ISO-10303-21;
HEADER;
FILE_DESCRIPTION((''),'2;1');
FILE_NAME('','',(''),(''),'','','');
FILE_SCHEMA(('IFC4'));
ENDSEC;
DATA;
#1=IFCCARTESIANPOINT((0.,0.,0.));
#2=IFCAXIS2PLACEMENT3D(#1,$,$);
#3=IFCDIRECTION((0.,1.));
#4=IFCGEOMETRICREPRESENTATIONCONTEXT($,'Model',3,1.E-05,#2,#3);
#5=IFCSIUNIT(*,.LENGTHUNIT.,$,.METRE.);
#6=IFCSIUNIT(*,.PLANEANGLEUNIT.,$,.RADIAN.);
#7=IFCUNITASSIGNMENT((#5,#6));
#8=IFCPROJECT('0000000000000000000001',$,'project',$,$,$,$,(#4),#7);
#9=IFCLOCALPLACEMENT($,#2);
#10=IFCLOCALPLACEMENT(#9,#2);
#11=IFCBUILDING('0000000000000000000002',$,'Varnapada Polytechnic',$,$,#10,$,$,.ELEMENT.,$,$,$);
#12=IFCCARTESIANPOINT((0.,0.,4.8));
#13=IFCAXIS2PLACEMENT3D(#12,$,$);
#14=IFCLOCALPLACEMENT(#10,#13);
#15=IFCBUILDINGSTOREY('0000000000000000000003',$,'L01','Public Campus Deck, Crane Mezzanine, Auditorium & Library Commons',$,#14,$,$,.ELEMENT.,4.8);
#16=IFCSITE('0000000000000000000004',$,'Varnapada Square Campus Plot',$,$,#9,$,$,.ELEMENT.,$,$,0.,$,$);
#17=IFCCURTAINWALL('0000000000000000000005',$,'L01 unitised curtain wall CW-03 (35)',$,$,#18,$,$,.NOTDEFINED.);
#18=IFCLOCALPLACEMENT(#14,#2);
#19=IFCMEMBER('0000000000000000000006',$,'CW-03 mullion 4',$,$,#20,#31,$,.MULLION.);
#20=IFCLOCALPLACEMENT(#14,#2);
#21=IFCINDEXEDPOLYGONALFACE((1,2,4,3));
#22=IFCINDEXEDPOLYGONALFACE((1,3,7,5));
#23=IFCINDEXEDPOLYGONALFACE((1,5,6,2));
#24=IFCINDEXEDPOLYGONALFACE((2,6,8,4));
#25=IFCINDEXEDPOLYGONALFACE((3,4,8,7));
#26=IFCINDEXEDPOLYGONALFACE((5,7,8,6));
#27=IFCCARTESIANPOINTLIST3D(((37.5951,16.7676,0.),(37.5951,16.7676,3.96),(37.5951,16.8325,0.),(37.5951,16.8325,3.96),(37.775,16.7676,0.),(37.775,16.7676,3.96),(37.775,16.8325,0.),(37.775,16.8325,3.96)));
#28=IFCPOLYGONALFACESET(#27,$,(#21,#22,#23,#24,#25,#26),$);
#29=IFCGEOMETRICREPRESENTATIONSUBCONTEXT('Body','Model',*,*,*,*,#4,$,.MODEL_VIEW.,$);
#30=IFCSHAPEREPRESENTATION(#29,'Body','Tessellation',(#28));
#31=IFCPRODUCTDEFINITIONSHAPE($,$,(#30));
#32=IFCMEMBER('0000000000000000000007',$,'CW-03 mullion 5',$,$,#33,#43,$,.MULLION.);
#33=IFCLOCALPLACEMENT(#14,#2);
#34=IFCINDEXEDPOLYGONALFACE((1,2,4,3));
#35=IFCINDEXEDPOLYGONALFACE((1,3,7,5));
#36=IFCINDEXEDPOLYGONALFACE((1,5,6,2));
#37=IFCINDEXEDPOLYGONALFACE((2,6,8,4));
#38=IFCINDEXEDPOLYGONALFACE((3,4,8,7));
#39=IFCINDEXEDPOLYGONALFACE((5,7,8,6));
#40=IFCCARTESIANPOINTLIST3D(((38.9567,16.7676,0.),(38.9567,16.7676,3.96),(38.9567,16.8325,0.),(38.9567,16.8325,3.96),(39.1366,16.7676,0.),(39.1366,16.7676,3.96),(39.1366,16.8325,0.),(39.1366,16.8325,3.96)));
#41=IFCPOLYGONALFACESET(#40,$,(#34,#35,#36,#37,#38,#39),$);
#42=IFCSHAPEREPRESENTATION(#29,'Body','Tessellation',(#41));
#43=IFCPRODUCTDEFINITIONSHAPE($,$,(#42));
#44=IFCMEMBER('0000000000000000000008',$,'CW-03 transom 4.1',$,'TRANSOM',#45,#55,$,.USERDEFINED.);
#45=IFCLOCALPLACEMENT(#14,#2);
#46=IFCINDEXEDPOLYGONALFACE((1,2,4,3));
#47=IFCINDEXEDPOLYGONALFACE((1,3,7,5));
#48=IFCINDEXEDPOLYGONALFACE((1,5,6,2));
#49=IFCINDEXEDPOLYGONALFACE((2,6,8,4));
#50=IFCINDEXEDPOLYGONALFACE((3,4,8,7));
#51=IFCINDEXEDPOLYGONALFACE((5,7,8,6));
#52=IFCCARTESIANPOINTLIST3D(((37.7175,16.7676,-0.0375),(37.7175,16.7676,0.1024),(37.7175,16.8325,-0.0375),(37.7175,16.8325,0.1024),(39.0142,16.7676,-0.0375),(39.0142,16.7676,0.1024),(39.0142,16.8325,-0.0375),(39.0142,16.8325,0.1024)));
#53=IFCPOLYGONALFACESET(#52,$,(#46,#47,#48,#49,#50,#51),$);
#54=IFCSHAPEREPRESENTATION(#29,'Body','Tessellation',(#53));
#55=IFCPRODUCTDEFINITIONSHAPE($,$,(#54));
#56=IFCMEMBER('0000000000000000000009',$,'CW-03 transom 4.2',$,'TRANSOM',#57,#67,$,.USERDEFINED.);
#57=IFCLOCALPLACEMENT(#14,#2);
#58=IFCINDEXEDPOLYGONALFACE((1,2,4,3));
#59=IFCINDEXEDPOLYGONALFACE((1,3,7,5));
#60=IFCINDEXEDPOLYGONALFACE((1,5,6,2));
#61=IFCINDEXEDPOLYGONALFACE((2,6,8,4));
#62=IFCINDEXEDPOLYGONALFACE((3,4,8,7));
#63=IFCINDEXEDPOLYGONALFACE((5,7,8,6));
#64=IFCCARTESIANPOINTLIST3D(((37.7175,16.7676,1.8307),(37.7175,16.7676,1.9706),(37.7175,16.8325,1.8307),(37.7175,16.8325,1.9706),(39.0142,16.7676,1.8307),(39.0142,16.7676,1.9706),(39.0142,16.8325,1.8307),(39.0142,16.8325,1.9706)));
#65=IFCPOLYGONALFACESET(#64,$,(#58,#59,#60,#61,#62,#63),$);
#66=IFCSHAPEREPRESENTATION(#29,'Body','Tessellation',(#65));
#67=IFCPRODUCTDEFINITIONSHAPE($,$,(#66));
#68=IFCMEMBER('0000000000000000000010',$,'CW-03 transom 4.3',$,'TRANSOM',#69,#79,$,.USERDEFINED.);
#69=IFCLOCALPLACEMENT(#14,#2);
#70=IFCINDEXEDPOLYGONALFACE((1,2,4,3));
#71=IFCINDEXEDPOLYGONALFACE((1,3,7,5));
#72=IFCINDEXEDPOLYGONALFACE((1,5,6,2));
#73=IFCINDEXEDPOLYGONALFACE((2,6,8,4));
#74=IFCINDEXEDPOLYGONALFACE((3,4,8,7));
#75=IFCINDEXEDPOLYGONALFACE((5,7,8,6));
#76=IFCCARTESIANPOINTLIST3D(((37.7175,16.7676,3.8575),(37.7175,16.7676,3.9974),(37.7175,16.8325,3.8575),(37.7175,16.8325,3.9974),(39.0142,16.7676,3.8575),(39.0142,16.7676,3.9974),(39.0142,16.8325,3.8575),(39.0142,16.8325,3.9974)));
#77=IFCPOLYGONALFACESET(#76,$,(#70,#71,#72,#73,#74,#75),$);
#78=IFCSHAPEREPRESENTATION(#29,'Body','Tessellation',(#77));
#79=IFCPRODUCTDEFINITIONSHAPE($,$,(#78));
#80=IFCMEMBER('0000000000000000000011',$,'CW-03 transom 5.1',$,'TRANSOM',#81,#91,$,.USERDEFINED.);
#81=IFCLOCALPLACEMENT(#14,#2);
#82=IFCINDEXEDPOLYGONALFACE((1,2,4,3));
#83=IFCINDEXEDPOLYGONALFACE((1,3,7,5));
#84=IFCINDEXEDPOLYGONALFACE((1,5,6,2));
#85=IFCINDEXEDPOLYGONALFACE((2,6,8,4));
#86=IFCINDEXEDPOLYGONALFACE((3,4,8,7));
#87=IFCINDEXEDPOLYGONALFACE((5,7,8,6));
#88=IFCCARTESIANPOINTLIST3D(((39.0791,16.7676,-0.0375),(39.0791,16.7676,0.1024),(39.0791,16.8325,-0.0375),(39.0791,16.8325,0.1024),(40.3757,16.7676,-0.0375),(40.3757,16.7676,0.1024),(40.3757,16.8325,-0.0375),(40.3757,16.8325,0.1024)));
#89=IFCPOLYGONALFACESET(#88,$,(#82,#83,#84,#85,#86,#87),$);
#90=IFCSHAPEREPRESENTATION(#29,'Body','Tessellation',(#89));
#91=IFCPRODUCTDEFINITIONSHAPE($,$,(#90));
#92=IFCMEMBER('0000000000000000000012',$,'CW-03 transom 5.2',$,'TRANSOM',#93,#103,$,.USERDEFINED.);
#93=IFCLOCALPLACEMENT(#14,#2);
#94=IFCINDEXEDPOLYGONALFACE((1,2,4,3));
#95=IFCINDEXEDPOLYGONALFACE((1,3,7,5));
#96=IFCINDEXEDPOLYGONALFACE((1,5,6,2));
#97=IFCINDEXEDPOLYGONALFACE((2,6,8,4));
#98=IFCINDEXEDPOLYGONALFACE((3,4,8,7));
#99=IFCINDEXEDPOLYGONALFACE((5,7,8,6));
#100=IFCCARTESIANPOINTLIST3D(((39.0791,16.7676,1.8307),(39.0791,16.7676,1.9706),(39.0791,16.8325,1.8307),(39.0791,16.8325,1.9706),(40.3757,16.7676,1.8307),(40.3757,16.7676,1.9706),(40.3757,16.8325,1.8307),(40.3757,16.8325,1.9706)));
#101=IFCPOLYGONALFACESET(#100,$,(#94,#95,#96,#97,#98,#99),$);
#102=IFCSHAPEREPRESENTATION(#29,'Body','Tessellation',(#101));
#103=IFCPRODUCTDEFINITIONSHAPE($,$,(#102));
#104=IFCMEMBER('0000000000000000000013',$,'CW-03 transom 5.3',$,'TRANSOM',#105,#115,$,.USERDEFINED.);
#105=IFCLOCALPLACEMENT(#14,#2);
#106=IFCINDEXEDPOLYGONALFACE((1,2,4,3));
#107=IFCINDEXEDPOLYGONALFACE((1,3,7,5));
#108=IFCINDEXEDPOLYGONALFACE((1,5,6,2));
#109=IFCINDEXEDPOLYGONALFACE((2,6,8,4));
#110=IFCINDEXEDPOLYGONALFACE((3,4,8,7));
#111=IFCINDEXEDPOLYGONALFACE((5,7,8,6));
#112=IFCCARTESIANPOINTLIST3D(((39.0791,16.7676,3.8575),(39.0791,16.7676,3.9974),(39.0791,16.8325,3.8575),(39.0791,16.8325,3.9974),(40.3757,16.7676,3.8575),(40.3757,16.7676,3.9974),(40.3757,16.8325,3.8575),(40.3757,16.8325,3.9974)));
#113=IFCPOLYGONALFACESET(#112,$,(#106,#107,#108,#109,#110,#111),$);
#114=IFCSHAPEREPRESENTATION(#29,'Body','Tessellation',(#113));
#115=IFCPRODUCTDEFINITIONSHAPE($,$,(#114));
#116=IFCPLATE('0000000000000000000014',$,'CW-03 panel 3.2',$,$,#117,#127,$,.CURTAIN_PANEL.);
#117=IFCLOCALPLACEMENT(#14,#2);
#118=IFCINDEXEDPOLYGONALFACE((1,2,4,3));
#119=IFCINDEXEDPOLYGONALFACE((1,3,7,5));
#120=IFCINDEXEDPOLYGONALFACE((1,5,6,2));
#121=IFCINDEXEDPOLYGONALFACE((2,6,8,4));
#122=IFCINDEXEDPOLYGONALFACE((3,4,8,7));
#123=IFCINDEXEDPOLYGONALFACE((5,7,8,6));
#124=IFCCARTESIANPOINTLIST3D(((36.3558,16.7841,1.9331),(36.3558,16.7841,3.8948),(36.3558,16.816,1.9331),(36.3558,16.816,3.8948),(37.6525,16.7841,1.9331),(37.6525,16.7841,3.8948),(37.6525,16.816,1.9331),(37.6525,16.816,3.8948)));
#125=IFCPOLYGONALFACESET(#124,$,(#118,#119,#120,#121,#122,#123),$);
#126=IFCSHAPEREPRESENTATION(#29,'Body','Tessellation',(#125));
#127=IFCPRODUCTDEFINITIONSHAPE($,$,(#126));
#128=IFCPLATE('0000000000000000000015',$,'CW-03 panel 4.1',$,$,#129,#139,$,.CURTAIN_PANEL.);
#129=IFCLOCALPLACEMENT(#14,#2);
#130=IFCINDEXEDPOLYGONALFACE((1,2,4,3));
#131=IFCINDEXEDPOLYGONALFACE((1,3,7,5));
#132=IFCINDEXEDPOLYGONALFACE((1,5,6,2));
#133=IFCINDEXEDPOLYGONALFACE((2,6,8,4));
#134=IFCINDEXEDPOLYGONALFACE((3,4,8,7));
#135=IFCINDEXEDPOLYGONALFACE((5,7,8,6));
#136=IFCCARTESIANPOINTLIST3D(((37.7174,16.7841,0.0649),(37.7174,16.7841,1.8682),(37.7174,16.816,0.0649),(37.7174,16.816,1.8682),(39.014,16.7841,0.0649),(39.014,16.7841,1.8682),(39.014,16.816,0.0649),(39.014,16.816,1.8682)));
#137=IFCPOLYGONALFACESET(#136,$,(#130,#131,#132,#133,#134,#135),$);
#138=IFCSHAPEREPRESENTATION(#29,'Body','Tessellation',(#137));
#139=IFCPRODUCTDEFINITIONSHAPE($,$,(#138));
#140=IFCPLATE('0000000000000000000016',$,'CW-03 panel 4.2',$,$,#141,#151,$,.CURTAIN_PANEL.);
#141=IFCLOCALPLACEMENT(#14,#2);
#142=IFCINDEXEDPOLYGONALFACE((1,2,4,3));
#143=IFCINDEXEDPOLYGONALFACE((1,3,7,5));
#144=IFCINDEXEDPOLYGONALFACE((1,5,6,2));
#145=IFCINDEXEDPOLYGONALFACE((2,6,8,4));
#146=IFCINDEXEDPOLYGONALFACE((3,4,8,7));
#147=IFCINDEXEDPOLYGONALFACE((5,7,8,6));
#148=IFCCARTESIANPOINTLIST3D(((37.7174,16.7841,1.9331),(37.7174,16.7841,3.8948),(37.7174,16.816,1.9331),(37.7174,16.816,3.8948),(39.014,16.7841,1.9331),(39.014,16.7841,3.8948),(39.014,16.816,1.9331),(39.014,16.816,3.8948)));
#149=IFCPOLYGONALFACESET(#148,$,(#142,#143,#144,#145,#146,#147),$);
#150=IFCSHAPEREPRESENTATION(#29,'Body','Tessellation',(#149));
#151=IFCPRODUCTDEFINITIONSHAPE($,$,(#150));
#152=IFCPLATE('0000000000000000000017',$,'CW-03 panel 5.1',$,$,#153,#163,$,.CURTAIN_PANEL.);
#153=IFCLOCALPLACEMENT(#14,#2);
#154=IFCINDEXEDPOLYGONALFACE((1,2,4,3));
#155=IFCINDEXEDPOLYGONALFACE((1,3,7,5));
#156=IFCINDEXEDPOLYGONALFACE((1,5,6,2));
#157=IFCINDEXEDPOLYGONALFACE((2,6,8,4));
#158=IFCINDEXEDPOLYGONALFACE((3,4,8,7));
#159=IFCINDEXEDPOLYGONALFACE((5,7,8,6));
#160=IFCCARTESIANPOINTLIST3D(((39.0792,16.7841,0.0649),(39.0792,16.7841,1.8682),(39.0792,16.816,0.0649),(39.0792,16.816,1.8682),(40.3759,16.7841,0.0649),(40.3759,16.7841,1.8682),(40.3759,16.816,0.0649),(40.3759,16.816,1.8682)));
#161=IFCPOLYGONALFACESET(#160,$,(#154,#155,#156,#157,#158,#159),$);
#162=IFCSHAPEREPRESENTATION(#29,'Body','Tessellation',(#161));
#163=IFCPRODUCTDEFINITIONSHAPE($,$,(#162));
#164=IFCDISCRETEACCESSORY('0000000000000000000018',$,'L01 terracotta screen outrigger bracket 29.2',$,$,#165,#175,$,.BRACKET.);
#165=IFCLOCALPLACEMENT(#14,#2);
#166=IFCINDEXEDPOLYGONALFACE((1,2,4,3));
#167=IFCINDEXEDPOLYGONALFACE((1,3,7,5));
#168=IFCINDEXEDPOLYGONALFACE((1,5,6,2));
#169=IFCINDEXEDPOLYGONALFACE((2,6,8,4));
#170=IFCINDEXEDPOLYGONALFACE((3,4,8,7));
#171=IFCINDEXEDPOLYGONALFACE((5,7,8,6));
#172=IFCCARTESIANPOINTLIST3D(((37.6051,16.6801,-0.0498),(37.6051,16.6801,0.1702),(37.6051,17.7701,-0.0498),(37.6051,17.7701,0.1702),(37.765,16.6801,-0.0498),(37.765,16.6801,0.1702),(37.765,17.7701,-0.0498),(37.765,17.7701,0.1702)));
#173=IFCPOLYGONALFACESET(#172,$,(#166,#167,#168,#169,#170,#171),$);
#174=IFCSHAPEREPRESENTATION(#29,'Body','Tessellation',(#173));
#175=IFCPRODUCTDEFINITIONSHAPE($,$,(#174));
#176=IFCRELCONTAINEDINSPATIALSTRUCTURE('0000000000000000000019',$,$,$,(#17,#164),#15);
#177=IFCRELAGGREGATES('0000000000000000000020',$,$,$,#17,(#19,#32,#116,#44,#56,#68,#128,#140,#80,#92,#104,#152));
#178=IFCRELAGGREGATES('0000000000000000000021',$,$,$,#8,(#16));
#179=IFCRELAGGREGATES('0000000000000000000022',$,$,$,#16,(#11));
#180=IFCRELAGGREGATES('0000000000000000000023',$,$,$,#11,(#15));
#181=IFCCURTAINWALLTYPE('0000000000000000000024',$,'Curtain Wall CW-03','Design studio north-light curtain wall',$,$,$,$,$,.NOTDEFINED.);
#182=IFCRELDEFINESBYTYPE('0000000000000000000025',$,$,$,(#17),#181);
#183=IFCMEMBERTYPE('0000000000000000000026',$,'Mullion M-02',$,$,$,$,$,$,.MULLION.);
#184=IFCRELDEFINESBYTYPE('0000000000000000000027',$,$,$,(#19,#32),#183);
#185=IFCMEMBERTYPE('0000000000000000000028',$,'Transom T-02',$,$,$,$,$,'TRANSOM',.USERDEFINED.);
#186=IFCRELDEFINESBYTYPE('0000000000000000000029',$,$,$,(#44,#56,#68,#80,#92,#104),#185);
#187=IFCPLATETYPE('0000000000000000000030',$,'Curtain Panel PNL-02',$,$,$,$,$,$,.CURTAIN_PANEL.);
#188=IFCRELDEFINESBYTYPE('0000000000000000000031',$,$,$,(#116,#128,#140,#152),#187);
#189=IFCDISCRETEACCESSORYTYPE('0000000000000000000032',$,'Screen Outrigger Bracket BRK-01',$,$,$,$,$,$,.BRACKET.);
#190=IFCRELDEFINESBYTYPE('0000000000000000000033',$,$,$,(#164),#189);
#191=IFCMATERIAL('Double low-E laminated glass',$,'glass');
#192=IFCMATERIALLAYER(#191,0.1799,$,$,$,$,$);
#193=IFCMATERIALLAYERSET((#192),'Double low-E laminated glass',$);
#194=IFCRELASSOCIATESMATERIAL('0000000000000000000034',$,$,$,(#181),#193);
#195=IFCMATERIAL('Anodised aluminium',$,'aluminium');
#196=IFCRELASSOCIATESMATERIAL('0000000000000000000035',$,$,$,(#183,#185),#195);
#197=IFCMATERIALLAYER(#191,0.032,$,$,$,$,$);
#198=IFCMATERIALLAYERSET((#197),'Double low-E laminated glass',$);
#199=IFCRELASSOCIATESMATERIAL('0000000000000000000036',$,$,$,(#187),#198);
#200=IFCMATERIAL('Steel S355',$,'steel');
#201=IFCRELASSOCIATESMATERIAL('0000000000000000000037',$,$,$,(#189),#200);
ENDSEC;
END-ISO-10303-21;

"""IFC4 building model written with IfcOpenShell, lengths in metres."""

from ifc_helpers import new_model, si_unit, direction, frame, origin, origin_2d, place, context, subcontext, project, spatial, rectangle, extrude, material, layer, layer_set, material_profile, profile_set, type_object, element, aggregate, save


model = new_model("IFC4")

# Units and contexts
model_context = context("Model", 3, precision=1e-05, world=origin(), true_north=direction((0.0, 1.0)))
body_context = subcontext(model_context, "Body", "Model", "MODEL_VIEW")
ifc_project = project(units=[si_unit("LENGTHUNIT", "METRE"), si_unit("PLANEANGLEUNIT", "RADIAN")], contexts=[model_context])

# Site, building, storey
site_placement = place(None, origin())
site = spatial("IfcSite", under=ifc_project, at=site_placement, Name="Varnapada Square Campus Plot", CompositionType="ELEMENT", RefElevation=0.0)
building_placement = place(site_placement, origin())
building = spatial("IfcBuilding", under=site, at=building_placement, Name="Varnapada Polytechnic", CompositionType="ELEMENT")
storey_placement = place(building_placement, frame((0.0, 0.0, 4.8)))
storey = spatial("IfcBuildingStorey", under=building, at=storey_placement, Name="L01", Description="Public Campus Deck, Crane Mezzanine, Auditorium & Library Commons", CompositionType="ELEMENT", Elevation=4.8)

# Curtain wall, members, plates
ifc_material_1 = material(Name="Double low-E laminated glass", Category="glass")
ifc_layer_1 = layer(ifc_material_1, 0.1799)
ifc_layer_set_1 = layer_set([ifc_layer_1], Name="Double low-E laminated glass")
curtain_wall_type = type_object("IfcCurtainWallType", Name="Curtain Wall CW-03", Description="Design studio north-light curtain wall", PredefinedType="NOTDEFINED", material=ifc_layer_set_1)
curtain_wall_placement = place(storey_placement, origin())
curtain_wall = element("IfcCurtainWall", 1, at=curtain_wall_placement, inside=storey, type_object=curtain_wall_type, Name="L01 unitised curtain wall CW-03 (35)", PredefinedType="NOTDEFINED")
ifc_material_2 = material(Name="Anodised aluminium", Category="aluminium")
ifc_material_profile_1 = material_profile(ifc_material_2, rectangle(XDim=0.0649, YDim=0.1799, at=origin_2d()), Name="ALU M65x180")
ifc_profile_set_1 = profile_set([ifc_material_profile_1], Name="Anodised aluminium")
member_type_1 = type_object("IfcMemberType", Name="Mullion M-02", PredefinedType="MULLION", material=ifc_profile_set_1)
member_1_placement = place(storey_placement, frame((37.6851, 16.8, 0.0), z_axis=(0.0, 0.0, 1.0), x_axis=(0.0, 1.0, 0.0)))
member_1 = element("IfcMember", 2, at=member_1_placement, type_object=member_type_1, Name="CW-03 mullion 4", PredefinedType="MULLION", context=body_context, shape_type="SweptSolid", body=[
    extrude(rectangle(XDim=0.0649, YDim=0.1799, at=origin_2d()), origin(), (0.0, 0.0, 1.0), 3.96),
])
member_2_placement = place(storey_placement, frame((39.0466, 16.8, 0.0), z_axis=(0.0, 0.0, 1.0), x_axis=(0.0, 1.0, 0.0)))
member_2 = element("IfcMember", 3, at=member_2_placement, type_object=member_type_1, Name="CW-03 mullion 5", PredefinedType="MULLION", context=body_context, shape_type="SweptSolid", body=[
    extrude(rectangle(XDim=0.0649, YDim=0.1799, at=origin_2d()), origin(), (0.0, 0.0, 1.0), 3.96),
])
ifc_material_profile_2 = material_profile(ifc_material_2, rectangle(XDim=0.0649, YDim=0.1399, at=origin_2d()), Name="ALU T65x140")
ifc_profile_set_2 = profile_set([ifc_material_profile_2], Name="Anodised aluminium")
member_type_2 = type_object("IfcMemberType", Name="Transom T-02", ElementType="TRANSOM", PredefinedType="USERDEFINED", material=ifc_profile_set_2)
member_3_placement = place(storey_placement, frame((37.7175, 16.8, 0.0325), z_axis=(1.0, 0.0, 0.0), x_axis=(0.0, 1.0, 0.0)))
member_3 = element("IfcMember", 4, at=member_3_placement, type_object=member_type_2, Name="CW-03 transom 4.1", ObjectType="TRANSOM", PredefinedType="USERDEFINED", context=body_context, shape_type="SweptSolid", body=[
    extrude(rectangle(XDim=0.0649, YDim=0.1399, at=origin_2d()), origin(), (0.0, 0.0, 1.0), 1.2966),
])
member_4_placement = place(storey_placement, frame((37.7175, 16.8, 1.9006), z_axis=(1.0, 0.0, 0.0), x_axis=(0.0, 1.0, 0.0)))
member_4 = element("IfcMember", 5, at=member_4_placement, type_object=member_type_2, Name="CW-03 transom 4.2", ObjectType="TRANSOM", PredefinedType="USERDEFINED", context=body_context, shape_type="SweptSolid", body=[
    extrude(rectangle(XDim=0.0649, YDim=0.1399, at=origin_2d()), origin(), (0.0, 0.0, 1.0), 1.2966),
])
member_5_placement = place(storey_placement, frame((37.7175, 16.8, 3.9275), z_axis=(1.0, 0.0, 0.0), x_axis=(0.0, 1.0, 0.0)))
member_5 = element("IfcMember", 6, at=member_5_placement, type_object=member_type_2, Name="CW-03 transom 4.3", ObjectType="TRANSOM", PredefinedType="USERDEFINED", context=body_context, shape_type="SweptSolid", body=[
    extrude(rectangle(XDim=0.0649, YDim=0.1399, at=origin_2d()), origin(), (0.0, 0.0, 1.0), 1.2966),
])
member_6_placement = place(storey_placement, frame((39.0791, 16.8, 0.0325), z_axis=(1.0, 0.0, 0.0), x_axis=(0.0, 1.0, 0.0)))
member_6 = element("IfcMember", 7, at=member_6_placement, type_object=member_type_2, Name="CW-03 transom 5.1", ObjectType="TRANSOM", PredefinedType="USERDEFINED", context=body_context, shape_type="SweptSolid", body=[
    extrude(rectangle(XDim=0.0649, YDim=0.1399, at=origin_2d()), origin(), (0.0, 0.0, 1.0), 1.2966),
])
member_7_placement = place(storey_placement, frame((39.0791, 16.8, 1.9006), z_axis=(1.0, 0.0, 0.0), x_axis=(0.0, 1.0, 0.0)))
member_7 = element("IfcMember", 8, at=member_7_placement, type_object=member_type_2, Name="CW-03 transom 5.2", ObjectType="TRANSOM", PredefinedType="USERDEFINED", context=body_context, shape_type="SweptSolid", body=[
    extrude(rectangle(XDim=0.0649, YDim=0.1399, at=origin_2d()), origin(), (0.0, 0.0, 1.0), 1.2966),
])
member_8_placement = place(storey_placement, frame((39.0791, 16.8, 3.9275), z_axis=(1.0, 0.0, 0.0), x_axis=(0.0, 1.0, 0.0)))
member_8 = element("IfcMember", 9, at=member_8_placement, type_object=member_type_2, Name="CW-03 transom 5.3", ObjectType="TRANSOM", PredefinedType="USERDEFINED", context=body_context, shape_type="SweptSolid", body=[
    extrude(rectangle(XDim=0.0649, YDim=0.1399, at=origin_2d()), origin(), (0.0, 0.0, 1.0), 1.2966),
])
ifc_layer_2 = layer(ifc_material_1, 0.032)
ifc_layer_set_2 = layer_set([ifc_layer_2], Name="Double low-E laminated glass")
plate_type = type_object("IfcPlateType", Name="Curtain Panel PNL-02", PredefinedType="CURTAIN_PANEL", material=ifc_layer_set_2)
plate_1_placement = place(storey_placement, frame((37.0042, 16.8, 1.9331), z_axis=(0.0, 0.0, 1.0), x_axis=(1.0, 0.0, 0.0)))
plate_1 = element("IfcPlate", 10, at=plate_1_placement, type_object=plate_type, Name="CW-03 panel 3.2", PredefinedType="CURTAIN_PANEL", context=body_context, shape_type="SweptSolid", body=[
    extrude(rectangle(XDim=1.2966, YDim=0.032, at=origin_2d()), origin(), (0.0, 0.0, 1.0), 1.9617),
])
plate_2_placement = place(storey_placement, frame((38.3657, 16.8, 0.0649), z_axis=(0.0, 0.0, 1.0), x_axis=(1.0, 0.0, 0.0)))
plate_2 = element("IfcPlate", 11, at=plate_2_placement, type_object=plate_type, Name="CW-03 panel 4.1", PredefinedType="CURTAIN_PANEL", context=body_context, shape_type="SweptSolid", body=[
    extrude(rectangle(XDim=1.2966, YDim=0.032, at=origin_2d()), origin(), (0.0, 0.0, 1.0), 1.8032),
])
plate_3_placement = place(storey_placement, frame((38.3657, 16.8, 1.9331), z_axis=(0.0, 0.0, 1.0), x_axis=(1.0, 0.0, 0.0)))
plate_3 = element("IfcPlate", 12, at=plate_3_placement, type_object=plate_type, Name="CW-03 panel 4.2", PredefinedType="CURTAIN_PANEL", context=body_context, shape_type="SweptSolid", body=[
    extrude(rectangle(XDim=1.2966, YDim=0.032, at=origin_2d()), origin(), (0.0, 0.0, 1.0), 1.9617),
])
plate_4_placement = place(storey_placement, frame((39.7275, 16.8, 0.0649), z_axis=(0.0, 0.0, 1.0), x_axis=(1.0, 0.0, 0.0)))
plate_4 = element("IfcPlate", 13, at=plate_4_placement, type_object=plate_type, Name="CW-03 panel 5.1", PredefinedType="CURTAIN_PANEL", context=body_context, shape_type="SweptSolid", body=[
    extrude(rectangle(XDim=1.2966, YDim=0.032, at=origin_2d()), origin(), (0.0, 0.0, 1.0), 1.8032),
])
aggregate(curtain_wall, [member_1, member_2, plate_1, member_3, member_4, member_5, plate_2, plate_3, member_6, member_7, member_8, plate_4])

# Discrete accessory
ifc_material_3 = material(Name="Steel S355", Category="steel")
discrete_accessory_type = type_object("IfcDiscreteAccessoryType", Name="Screen Outrigger Bracket BRK-01", PredefinedType="BRACKET", material=ifc_material_3)
discrete_accessory_placement = place(storey_placement, frame((37.6851, 17.2251, -0.0498), z_axis=(0.0, 0.0, 1.0), x_axis=(1.0, 0.0, 0.0)))
element("IfcDiscreteAccessory", 14, at=discrete_accessory_placement, inside=storey, type_object=discrete_accessory_type, Name="L01 terracotta screen outrigger bracket 29.2", PredefinedType="BRACKET", context=body_context, shape_type="SweptSolid", body=[
    extrude(rectangle(XDim=0.1599, YDim=1.0901, at=origin_2d()), origin(), (0.0, 0.0, 1.0), 0.22),
])

save(model, "model.ifc")
